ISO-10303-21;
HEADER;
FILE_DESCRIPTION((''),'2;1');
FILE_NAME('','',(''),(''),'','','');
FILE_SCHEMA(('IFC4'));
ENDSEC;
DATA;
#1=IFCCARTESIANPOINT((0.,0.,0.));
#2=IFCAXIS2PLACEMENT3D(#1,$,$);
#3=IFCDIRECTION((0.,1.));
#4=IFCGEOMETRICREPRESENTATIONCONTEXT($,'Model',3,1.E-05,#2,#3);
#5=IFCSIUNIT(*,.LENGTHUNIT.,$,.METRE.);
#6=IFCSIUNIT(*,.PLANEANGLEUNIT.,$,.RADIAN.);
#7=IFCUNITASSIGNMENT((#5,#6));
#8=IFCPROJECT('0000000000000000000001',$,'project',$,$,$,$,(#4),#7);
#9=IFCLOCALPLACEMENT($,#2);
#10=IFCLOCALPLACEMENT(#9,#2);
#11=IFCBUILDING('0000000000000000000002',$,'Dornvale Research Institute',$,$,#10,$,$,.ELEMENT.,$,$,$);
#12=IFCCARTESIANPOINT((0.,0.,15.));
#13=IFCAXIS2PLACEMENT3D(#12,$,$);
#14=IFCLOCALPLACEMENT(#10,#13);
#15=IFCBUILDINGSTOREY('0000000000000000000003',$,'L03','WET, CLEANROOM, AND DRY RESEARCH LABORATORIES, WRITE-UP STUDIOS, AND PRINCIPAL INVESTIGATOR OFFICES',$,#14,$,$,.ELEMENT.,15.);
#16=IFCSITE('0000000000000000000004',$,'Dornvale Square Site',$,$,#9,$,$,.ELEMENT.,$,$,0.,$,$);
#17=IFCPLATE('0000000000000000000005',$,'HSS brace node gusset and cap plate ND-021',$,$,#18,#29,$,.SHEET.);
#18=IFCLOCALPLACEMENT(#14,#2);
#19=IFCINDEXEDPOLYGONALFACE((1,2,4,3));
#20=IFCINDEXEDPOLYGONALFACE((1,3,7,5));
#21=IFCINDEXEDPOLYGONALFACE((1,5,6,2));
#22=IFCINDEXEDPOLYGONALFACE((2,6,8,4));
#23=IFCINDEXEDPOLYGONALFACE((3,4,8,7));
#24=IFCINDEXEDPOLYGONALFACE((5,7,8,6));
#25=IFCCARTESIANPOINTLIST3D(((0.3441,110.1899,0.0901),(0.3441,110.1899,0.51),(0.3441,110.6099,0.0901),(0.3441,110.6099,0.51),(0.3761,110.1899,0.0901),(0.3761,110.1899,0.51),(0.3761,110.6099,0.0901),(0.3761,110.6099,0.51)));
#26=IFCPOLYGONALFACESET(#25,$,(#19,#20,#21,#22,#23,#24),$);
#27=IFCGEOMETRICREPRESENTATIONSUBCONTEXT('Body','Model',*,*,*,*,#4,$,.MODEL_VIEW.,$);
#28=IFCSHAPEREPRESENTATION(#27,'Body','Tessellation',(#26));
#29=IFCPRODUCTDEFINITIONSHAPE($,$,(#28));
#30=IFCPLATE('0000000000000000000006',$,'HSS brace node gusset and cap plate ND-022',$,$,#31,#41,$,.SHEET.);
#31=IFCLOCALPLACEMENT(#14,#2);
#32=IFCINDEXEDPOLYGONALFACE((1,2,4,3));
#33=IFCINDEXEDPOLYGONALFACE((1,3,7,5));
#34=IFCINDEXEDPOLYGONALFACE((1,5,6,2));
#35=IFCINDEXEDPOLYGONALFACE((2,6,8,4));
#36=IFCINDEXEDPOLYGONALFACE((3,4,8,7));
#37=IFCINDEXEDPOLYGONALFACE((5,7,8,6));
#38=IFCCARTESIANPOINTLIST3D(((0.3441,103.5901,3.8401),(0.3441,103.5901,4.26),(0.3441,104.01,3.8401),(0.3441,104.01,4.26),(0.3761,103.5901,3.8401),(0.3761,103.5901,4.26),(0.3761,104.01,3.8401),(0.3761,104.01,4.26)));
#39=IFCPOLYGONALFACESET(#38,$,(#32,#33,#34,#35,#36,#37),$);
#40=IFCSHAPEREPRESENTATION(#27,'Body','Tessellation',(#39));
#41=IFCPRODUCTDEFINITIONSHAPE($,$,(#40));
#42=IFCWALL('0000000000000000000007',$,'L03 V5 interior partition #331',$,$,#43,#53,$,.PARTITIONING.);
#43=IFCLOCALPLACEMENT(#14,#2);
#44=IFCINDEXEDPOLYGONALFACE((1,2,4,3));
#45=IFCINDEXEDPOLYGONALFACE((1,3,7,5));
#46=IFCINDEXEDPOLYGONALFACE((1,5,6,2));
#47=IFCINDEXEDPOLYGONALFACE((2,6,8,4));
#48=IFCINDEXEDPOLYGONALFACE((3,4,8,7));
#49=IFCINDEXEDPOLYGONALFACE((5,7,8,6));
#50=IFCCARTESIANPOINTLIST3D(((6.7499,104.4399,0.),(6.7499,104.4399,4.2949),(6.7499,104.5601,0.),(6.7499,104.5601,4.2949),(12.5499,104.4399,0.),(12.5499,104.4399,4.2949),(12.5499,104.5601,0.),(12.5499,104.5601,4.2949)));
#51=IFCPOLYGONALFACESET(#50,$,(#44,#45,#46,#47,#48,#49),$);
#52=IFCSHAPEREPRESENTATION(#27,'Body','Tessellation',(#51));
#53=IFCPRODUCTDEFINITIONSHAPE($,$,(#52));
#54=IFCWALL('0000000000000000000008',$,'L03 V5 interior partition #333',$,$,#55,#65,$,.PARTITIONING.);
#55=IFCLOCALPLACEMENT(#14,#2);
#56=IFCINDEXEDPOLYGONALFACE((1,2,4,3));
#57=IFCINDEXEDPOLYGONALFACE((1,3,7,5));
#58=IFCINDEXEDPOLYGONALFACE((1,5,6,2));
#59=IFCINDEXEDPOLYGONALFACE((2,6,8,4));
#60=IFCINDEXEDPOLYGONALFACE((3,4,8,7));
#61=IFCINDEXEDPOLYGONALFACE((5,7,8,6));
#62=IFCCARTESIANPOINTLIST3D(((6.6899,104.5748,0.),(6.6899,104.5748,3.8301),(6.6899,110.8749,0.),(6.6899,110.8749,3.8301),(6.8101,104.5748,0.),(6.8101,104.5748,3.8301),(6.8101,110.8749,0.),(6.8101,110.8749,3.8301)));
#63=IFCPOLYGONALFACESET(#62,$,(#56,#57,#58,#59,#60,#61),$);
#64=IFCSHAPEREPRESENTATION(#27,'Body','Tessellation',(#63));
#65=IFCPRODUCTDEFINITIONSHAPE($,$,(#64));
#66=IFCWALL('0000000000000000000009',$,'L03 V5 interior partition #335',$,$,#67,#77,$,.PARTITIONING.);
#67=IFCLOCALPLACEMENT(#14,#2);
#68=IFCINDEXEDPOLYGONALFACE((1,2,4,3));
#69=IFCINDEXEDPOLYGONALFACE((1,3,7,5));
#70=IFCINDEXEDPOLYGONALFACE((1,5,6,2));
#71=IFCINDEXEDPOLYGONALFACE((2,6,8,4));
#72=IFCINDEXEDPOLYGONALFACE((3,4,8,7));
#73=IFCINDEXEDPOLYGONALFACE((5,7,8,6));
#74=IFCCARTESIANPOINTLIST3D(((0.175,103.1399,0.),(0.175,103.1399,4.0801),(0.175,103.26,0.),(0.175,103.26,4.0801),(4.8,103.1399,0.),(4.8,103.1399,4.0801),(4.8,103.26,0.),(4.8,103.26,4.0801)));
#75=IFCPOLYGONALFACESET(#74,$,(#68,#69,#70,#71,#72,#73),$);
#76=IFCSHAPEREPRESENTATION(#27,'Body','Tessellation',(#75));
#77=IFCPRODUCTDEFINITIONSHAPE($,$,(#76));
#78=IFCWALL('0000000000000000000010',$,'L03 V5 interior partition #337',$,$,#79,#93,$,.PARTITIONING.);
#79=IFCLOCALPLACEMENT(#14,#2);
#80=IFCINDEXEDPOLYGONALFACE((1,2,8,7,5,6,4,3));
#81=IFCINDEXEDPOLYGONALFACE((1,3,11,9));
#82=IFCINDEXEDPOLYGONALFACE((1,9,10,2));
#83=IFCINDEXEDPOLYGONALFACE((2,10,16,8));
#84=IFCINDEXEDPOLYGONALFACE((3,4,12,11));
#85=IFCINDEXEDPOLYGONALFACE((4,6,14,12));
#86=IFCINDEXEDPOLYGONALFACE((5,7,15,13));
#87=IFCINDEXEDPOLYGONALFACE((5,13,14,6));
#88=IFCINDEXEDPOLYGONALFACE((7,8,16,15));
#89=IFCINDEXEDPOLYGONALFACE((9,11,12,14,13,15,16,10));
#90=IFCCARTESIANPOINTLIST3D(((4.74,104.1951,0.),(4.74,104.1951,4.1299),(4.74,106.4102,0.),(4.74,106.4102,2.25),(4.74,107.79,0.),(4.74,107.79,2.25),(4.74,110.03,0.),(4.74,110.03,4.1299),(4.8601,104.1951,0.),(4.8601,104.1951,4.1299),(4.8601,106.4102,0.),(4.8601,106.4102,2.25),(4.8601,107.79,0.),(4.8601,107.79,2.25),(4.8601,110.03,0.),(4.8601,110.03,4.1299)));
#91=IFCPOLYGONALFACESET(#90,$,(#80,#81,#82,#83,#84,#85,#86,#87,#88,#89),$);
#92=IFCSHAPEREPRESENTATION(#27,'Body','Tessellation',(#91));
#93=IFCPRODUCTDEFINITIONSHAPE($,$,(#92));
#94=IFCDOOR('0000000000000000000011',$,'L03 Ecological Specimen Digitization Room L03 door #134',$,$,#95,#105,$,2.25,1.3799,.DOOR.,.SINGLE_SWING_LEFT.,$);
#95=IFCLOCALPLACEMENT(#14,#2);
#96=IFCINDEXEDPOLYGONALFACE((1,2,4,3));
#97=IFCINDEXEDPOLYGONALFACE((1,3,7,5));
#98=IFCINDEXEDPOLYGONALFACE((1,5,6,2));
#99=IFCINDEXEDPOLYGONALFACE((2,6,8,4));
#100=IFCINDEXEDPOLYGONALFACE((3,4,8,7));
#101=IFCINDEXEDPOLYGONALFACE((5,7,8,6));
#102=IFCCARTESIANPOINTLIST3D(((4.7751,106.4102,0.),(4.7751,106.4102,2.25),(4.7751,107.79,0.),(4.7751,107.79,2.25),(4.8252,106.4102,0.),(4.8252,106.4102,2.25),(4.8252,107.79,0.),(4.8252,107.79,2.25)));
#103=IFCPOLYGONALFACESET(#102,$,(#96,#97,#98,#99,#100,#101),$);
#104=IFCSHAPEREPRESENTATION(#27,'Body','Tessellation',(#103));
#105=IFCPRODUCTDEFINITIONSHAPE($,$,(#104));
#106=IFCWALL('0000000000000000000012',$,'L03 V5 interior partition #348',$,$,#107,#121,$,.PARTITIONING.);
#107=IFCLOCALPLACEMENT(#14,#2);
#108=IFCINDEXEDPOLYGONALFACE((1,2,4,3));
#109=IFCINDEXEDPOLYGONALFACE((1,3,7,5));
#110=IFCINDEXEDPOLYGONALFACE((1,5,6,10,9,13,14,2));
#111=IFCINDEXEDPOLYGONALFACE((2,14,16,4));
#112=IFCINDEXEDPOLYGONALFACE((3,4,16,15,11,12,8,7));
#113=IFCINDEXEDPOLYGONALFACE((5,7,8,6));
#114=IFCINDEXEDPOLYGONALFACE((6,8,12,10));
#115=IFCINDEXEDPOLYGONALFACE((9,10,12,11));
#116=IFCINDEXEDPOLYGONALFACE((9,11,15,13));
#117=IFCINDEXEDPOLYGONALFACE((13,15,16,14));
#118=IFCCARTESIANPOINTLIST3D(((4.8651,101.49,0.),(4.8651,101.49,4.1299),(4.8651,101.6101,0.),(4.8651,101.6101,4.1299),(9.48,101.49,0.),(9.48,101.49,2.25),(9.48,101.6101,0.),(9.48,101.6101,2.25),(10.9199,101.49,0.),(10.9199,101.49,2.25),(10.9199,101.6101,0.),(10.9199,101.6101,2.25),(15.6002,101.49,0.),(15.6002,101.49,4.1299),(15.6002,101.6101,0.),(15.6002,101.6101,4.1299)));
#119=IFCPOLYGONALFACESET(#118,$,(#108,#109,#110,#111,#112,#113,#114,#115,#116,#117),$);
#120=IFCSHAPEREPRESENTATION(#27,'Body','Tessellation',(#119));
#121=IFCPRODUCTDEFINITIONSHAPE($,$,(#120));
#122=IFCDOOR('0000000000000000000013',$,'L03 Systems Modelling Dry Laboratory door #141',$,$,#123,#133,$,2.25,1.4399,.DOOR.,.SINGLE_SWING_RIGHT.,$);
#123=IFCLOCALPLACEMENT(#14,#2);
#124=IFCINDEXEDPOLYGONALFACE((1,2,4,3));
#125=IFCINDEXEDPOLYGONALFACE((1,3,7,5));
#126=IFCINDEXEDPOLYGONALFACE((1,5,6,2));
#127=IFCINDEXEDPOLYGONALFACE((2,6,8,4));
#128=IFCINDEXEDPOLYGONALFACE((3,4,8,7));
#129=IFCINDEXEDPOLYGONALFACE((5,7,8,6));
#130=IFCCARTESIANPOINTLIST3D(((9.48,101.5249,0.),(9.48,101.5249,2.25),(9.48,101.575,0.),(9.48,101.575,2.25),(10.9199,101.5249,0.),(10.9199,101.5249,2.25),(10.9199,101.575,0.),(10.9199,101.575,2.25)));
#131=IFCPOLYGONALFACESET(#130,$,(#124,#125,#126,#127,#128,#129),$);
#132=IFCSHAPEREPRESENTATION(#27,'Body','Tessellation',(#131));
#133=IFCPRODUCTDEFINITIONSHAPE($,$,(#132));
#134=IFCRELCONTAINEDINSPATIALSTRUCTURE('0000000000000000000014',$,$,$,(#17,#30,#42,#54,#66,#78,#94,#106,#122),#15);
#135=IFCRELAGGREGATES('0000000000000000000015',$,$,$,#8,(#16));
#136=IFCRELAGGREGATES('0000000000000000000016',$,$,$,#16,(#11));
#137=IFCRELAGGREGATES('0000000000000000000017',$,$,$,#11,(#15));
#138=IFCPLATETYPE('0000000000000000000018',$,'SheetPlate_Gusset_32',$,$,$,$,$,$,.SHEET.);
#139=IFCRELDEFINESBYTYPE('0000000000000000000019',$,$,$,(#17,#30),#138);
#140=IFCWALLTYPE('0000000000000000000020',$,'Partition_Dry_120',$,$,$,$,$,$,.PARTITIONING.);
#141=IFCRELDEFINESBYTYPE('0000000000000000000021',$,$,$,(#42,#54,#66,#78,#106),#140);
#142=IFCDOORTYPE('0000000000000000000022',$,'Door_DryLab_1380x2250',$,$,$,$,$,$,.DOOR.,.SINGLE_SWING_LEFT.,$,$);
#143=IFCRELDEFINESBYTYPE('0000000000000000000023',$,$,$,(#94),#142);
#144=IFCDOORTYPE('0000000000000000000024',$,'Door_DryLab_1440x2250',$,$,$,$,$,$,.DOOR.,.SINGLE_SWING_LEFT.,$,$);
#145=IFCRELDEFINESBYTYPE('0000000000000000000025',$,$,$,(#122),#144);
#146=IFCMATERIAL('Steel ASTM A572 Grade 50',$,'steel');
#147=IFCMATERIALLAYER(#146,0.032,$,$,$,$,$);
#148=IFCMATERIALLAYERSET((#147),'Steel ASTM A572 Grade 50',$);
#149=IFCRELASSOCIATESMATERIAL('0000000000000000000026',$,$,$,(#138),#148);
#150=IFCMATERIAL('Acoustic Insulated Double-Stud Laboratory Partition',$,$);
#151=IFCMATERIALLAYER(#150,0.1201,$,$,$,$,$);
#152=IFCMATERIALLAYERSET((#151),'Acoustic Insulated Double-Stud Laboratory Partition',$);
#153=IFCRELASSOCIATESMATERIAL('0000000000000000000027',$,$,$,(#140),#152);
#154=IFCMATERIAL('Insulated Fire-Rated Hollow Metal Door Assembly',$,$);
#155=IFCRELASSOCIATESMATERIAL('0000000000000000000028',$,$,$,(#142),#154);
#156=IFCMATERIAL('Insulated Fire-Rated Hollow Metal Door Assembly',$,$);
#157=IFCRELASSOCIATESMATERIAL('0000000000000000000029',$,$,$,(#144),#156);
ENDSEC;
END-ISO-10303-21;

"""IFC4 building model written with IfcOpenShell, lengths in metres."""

from ifc_helpers import new_model, si_unit, direction, frame, frame_2d, origin, origin_2d, place, context, subcontext, project, spatial, rectangle, extrude, material, layer, layer_set, type_object, element, fill, save


model = new_model("IFC4")

# Units and contexts
model_context = context("Model", 3, precision=1e-05, world=origin(), true_north=direction((0.0, 1.0)))
body_context = subcontext(model_context, "Body", "Model", "MODEL_VIEW")
ifc_project = project(units=[si_unit("LENGTHUNIT", "METRE"), si_unit("PLANEANGLEUNIT", "RADIAN")], contexts=[model_context])

# Site, building, storey
site_placement = place(None, origin())
site = spatial("IfcSite", under=ifc_project, at=site_placement, Name="Dornvale Square Site", CompositionType="ELEMENT", RefElevation=0.0)
building_placement = place(site_placement, origin())
building = spatial("IfcBuilding", under=site, at=building_placement, Name="Dornvale Research Institute", CompositionType="ELEMENT")
storey_placement = place(building_placement, frame((0.0, 0.0, 15.0)))
storey = spatial("IfcBuildingStorey", under=building, at=storey_placement, Name="L03", Description="WET, CLEANROOM, AND DRY RESEARCH LABORATORIES, WRITE-UP STUDIOS, AND PRINCIPAL INVESTIGATOR OFFICES", CompositionType="ELEMENT", Elevation=15.0)

# Plates
ifc_material_1 = material(Name="Steel ASTM A572 Grade 50", Category="steel")
ifc_layer_1 = layer(ifc_material_1, 0.032)
ifc_layer_set_1 = layer_set([ifc_layer_1], Name="Steel ASTM A572 Grade 50")
plate_type = type_object("IfcPlateType", Name="SheetPlate_Gusset_32", PredefinedType="SHEET", material=ifc_layer_set_1)
for number, where, z_axis, x_axis, name in (
    (1, (0.3601, 110.3999, 0.0901), (0.0, 0.0, 1.0), (0.0, 1.0, 0.0), "HSS brace node gusset and cap plate ND-021"),
    (2, (0.3601, 103.8, 3.8401), (0.0, 0.0, 1.0), (0.0, 1.0, 0.0), "HSS brace node gusset and cap plate ND-022"),
):
    element("IfcPlate", number, at=place(storey_placement, frame(where, z_axis=z_axis, x_axis=x_axis)), inside=storey, type_object=plate_type, Name=name, PredefinedType="SHEET", context=body_context, shape_type="SweptSolid", body=[
        extrude(rectangle(XDim=0.4199, YDim=0.032, at=origin_2d()), origin(), (0.0, 0.0, 1.0), 0.4199),
    ])

# Walls
ifc_material_2 = material(Name="Acoustic Insulated Double-Stud Laboratory Partition")
ifc_layer_2 = layer(ifc_material_2, 0.1201)
ifc_layer_set_2 = layer_set([ifc_layer_2], Name="Acoustic Insulated Double-Stud Laboratory Partition")
wall_type_1 = type_object("IfcWallType", Name="Partition_Dry_120", PredefinedType="PARTITIONING", material=ifc_layer_set_2)
wall_1_placement = place(storey_placement, frame((6.75, 104.5, 0.0), z_axis=(0.0, 0.0, 1.0), x_axis=(1.0, 0.0, 0.0)))
element("IfcWall", 3, at=wall_1_placement, inside=storey, type_object=wall_type_1, Name="L03 V5 interior partition #331", PredefinedType="PARTITIONING", context=body_context, shape_type="SweptSolid", body=[
    extrude(rectangle(XDim=5.8, YDim=0.1201, at=frame_2d((2.8999, 0.0))), origin(), (0.0, 0.0, 1.0), 4.2949),
])
wall_2_placement = place(storey_placement, frame((6.75, 104.575, 0.0), z_axis=(0.0, 0.0, 1.0), x_axis=(0.0, 1.0, 0.0)))
element("IfcWall", 4, at=wall_2_placement, inside=storey, type_object=wall_type_1, Name="L03 V5 interior partition #333", PredefinedType="PARTITIONING", context=body_context, shape_type="SweptSolid", body=[
    extrude(rectangle(XDim=6.3, YDim=0.1201, at=frame_2d((3.1499, 0.0))), origin(), (0.0, 0.0, 1.0), 3.8301),
])
wall_3_placement = place(storey_placement, frame((0.175, 103.2, 0.0), z_axis=(0.0, 0.0, 1.0), x_axis=(1.0, 0.0, 0.0)))
element("IfcWall", 5, at=wall_3_placement, inside=storey, type_object=wall_type_1, Name="L03 V5 interior partition #335", PredefinedType="PARTITIONING", context=body_context, shape_type="SweptSolid", body=[
    extrude(rectangle(XDim=4.625, YDim=0.1201, at=frame_2d((2.3125, 0.0))), origin(), (0.0, 0.0, 1.0), 4.0801),
])

# Walls, openings, doors
wall_4_placement = place(storey_placement, frame((4.8, 104.1951, 0.0), z_axis=(0.0, 0.0, 1.0), x_axis=(0.0, 1.0, 0.0)))
wall_4 = element("IfcWall", 6, at=wall_4_placement, inside=storey, type_object=wall_type_1, Name="L03 V5 interior partition #337", PredefinedType="PARTITIONING", context=body_context, shape_type="SweptSolid", body=[
    extrude(rectangle(XDim=5.835, YDim=0.1201, at=frame_2d((2.9175, 0.0))), origin(), (0.0, 0.0, 1.0), 4.1299),
])
opening_1_placement = place(wall_4_placement, frame((2.2151, 0.0, 0.0)))
opening_1 = element("IfcOpeningElement", 7, at=opening_1_placement, cuts=wall_4, PredefinedType="OPENING", context=body_context, shape_type="SweptSolid", body=[
    extrude(rectangle(XDim=1.3799, YDim=2.25, at=frame_2d((0.6899, 1.125))), frame((0.0, 0.075, 0.0), z_axis=(0.0, -1.0, 0.0), x_axis=(1.0, 0.0, 0.0)), (0.0, 0.0, 1.0), 0.1501),
])
ifc_material_3 = material(Name="Insulated Fire-Rated Hollow Metal Door Assembly")
door_type_1 = type_object("IfcDoorType", Name="Door_DryLab_1380x2250", OperationType="SINGLE_SWING_LEFT", PredefinedType="DOOR", material=ifc_material_3)
door_1_placement = place(opening_1_placement, origin())
door_1 = element("IfcDoor", 8, at=door_1_placement, inside=storey, type_object=door_type_1, Name="L03 Ecological Specimen Digitization Room L03 door #134", OperationType="SINGLE_SWING_LEFT", OverallHeight=2.25, OverallWidth=1.3799, PredefinedType="DOOR", context=body_context, shape_type="SweptSolid", body=[
    extrude(rectangle(XDim=1.3799, YDim=2.25, at=frame_2d((0.6899, 1.125))), frame((0.0, 0.0249, 0.0), z_axis=(0.0, -1.0, 0.0), x_axis=(1.0, 0.0, 0.0)), (0.0, 0.0, 1.0), 0.05),
])
fill(opening_1, door_1)
wall_5_placement = place(storey_placement, frame((4.865, 101.55, 0.0), z_axis=(0.0, 0.0, 1.0), x_axis=(1.0, 0.0, 0.0)))
wall_5 = element("IfcWall", 9, at=wall_5_placement, inside=storey, type_object=wall_type_1, Name="L03 V5 interior partition #348", PredefinedType="PARTITIONING", context=body_context, shape_type="SweptSolid", body=[
    extrude(rectangle(XDim=10.7351, YDim=0.1201, at=frame_2d((5.3677, 0.0))), origin(), (0.0, 0.0, 1.0), 4.1299),
])
opening_2_placement = place(wall_5_placement, frame((4.615, 0.0, 0.0)))
opening_2 = element("IfcOpeningElement", 10, at=opening_2_placement, cuts=wall_5, PredefinedType="OPENING", context=body_context, shape_type="SweptSolid", body=[
    extrude(rectangle(XDim=1.4399, YDim=2.25, at=frame_2d((0.72, 1.125))), frame((0.0, 0.075, 0.0), z_axis=(0.0, -1.0, 0.0), x_axis=(1.0, 0.0, 0.0)), (0.0, 0.0, 1.0), 0.1501),
])
ifc_material_4 = material(Name="Insulated Fire-Rated Hollow Metal Door Assembly")
door_type_2 = type_object("IfcDoorType", Name="Door_DryLab_1440x2250", OperationType="SINGLE_SWING_LEFT", PredefinedType="DOOR", material=ifc_material_4)
door_2_placement = place(opening_2_placement, origin())
door_2 = element("IfcDoor", 11, at=door_2_placement, inside=storey, type_object=door_type_2, Name="L03 Systems Modelling Dry Laboratory door #141", OperationType="SINGLE_SWING_RIGHT", OverallHeight=2.25, OverallWidth=1.4399, PredefinedType="DOOR", context=body_context, shape_type="SweptSolid", body=[
    extrude(rectangle(XDim=1.4399, YDim=2.25, at=frame_2d((0.72, 1.125))), frame((0.0, 0.0249, 0.0), z_axis=(0.0, -1.0, 0.0), x_axis=(1.0, 0.0, 0.0)), (0.0, 0.0, 1.0), 0.05),
])
fill(opening_2, door_2)

save(model, "model.ifc")
